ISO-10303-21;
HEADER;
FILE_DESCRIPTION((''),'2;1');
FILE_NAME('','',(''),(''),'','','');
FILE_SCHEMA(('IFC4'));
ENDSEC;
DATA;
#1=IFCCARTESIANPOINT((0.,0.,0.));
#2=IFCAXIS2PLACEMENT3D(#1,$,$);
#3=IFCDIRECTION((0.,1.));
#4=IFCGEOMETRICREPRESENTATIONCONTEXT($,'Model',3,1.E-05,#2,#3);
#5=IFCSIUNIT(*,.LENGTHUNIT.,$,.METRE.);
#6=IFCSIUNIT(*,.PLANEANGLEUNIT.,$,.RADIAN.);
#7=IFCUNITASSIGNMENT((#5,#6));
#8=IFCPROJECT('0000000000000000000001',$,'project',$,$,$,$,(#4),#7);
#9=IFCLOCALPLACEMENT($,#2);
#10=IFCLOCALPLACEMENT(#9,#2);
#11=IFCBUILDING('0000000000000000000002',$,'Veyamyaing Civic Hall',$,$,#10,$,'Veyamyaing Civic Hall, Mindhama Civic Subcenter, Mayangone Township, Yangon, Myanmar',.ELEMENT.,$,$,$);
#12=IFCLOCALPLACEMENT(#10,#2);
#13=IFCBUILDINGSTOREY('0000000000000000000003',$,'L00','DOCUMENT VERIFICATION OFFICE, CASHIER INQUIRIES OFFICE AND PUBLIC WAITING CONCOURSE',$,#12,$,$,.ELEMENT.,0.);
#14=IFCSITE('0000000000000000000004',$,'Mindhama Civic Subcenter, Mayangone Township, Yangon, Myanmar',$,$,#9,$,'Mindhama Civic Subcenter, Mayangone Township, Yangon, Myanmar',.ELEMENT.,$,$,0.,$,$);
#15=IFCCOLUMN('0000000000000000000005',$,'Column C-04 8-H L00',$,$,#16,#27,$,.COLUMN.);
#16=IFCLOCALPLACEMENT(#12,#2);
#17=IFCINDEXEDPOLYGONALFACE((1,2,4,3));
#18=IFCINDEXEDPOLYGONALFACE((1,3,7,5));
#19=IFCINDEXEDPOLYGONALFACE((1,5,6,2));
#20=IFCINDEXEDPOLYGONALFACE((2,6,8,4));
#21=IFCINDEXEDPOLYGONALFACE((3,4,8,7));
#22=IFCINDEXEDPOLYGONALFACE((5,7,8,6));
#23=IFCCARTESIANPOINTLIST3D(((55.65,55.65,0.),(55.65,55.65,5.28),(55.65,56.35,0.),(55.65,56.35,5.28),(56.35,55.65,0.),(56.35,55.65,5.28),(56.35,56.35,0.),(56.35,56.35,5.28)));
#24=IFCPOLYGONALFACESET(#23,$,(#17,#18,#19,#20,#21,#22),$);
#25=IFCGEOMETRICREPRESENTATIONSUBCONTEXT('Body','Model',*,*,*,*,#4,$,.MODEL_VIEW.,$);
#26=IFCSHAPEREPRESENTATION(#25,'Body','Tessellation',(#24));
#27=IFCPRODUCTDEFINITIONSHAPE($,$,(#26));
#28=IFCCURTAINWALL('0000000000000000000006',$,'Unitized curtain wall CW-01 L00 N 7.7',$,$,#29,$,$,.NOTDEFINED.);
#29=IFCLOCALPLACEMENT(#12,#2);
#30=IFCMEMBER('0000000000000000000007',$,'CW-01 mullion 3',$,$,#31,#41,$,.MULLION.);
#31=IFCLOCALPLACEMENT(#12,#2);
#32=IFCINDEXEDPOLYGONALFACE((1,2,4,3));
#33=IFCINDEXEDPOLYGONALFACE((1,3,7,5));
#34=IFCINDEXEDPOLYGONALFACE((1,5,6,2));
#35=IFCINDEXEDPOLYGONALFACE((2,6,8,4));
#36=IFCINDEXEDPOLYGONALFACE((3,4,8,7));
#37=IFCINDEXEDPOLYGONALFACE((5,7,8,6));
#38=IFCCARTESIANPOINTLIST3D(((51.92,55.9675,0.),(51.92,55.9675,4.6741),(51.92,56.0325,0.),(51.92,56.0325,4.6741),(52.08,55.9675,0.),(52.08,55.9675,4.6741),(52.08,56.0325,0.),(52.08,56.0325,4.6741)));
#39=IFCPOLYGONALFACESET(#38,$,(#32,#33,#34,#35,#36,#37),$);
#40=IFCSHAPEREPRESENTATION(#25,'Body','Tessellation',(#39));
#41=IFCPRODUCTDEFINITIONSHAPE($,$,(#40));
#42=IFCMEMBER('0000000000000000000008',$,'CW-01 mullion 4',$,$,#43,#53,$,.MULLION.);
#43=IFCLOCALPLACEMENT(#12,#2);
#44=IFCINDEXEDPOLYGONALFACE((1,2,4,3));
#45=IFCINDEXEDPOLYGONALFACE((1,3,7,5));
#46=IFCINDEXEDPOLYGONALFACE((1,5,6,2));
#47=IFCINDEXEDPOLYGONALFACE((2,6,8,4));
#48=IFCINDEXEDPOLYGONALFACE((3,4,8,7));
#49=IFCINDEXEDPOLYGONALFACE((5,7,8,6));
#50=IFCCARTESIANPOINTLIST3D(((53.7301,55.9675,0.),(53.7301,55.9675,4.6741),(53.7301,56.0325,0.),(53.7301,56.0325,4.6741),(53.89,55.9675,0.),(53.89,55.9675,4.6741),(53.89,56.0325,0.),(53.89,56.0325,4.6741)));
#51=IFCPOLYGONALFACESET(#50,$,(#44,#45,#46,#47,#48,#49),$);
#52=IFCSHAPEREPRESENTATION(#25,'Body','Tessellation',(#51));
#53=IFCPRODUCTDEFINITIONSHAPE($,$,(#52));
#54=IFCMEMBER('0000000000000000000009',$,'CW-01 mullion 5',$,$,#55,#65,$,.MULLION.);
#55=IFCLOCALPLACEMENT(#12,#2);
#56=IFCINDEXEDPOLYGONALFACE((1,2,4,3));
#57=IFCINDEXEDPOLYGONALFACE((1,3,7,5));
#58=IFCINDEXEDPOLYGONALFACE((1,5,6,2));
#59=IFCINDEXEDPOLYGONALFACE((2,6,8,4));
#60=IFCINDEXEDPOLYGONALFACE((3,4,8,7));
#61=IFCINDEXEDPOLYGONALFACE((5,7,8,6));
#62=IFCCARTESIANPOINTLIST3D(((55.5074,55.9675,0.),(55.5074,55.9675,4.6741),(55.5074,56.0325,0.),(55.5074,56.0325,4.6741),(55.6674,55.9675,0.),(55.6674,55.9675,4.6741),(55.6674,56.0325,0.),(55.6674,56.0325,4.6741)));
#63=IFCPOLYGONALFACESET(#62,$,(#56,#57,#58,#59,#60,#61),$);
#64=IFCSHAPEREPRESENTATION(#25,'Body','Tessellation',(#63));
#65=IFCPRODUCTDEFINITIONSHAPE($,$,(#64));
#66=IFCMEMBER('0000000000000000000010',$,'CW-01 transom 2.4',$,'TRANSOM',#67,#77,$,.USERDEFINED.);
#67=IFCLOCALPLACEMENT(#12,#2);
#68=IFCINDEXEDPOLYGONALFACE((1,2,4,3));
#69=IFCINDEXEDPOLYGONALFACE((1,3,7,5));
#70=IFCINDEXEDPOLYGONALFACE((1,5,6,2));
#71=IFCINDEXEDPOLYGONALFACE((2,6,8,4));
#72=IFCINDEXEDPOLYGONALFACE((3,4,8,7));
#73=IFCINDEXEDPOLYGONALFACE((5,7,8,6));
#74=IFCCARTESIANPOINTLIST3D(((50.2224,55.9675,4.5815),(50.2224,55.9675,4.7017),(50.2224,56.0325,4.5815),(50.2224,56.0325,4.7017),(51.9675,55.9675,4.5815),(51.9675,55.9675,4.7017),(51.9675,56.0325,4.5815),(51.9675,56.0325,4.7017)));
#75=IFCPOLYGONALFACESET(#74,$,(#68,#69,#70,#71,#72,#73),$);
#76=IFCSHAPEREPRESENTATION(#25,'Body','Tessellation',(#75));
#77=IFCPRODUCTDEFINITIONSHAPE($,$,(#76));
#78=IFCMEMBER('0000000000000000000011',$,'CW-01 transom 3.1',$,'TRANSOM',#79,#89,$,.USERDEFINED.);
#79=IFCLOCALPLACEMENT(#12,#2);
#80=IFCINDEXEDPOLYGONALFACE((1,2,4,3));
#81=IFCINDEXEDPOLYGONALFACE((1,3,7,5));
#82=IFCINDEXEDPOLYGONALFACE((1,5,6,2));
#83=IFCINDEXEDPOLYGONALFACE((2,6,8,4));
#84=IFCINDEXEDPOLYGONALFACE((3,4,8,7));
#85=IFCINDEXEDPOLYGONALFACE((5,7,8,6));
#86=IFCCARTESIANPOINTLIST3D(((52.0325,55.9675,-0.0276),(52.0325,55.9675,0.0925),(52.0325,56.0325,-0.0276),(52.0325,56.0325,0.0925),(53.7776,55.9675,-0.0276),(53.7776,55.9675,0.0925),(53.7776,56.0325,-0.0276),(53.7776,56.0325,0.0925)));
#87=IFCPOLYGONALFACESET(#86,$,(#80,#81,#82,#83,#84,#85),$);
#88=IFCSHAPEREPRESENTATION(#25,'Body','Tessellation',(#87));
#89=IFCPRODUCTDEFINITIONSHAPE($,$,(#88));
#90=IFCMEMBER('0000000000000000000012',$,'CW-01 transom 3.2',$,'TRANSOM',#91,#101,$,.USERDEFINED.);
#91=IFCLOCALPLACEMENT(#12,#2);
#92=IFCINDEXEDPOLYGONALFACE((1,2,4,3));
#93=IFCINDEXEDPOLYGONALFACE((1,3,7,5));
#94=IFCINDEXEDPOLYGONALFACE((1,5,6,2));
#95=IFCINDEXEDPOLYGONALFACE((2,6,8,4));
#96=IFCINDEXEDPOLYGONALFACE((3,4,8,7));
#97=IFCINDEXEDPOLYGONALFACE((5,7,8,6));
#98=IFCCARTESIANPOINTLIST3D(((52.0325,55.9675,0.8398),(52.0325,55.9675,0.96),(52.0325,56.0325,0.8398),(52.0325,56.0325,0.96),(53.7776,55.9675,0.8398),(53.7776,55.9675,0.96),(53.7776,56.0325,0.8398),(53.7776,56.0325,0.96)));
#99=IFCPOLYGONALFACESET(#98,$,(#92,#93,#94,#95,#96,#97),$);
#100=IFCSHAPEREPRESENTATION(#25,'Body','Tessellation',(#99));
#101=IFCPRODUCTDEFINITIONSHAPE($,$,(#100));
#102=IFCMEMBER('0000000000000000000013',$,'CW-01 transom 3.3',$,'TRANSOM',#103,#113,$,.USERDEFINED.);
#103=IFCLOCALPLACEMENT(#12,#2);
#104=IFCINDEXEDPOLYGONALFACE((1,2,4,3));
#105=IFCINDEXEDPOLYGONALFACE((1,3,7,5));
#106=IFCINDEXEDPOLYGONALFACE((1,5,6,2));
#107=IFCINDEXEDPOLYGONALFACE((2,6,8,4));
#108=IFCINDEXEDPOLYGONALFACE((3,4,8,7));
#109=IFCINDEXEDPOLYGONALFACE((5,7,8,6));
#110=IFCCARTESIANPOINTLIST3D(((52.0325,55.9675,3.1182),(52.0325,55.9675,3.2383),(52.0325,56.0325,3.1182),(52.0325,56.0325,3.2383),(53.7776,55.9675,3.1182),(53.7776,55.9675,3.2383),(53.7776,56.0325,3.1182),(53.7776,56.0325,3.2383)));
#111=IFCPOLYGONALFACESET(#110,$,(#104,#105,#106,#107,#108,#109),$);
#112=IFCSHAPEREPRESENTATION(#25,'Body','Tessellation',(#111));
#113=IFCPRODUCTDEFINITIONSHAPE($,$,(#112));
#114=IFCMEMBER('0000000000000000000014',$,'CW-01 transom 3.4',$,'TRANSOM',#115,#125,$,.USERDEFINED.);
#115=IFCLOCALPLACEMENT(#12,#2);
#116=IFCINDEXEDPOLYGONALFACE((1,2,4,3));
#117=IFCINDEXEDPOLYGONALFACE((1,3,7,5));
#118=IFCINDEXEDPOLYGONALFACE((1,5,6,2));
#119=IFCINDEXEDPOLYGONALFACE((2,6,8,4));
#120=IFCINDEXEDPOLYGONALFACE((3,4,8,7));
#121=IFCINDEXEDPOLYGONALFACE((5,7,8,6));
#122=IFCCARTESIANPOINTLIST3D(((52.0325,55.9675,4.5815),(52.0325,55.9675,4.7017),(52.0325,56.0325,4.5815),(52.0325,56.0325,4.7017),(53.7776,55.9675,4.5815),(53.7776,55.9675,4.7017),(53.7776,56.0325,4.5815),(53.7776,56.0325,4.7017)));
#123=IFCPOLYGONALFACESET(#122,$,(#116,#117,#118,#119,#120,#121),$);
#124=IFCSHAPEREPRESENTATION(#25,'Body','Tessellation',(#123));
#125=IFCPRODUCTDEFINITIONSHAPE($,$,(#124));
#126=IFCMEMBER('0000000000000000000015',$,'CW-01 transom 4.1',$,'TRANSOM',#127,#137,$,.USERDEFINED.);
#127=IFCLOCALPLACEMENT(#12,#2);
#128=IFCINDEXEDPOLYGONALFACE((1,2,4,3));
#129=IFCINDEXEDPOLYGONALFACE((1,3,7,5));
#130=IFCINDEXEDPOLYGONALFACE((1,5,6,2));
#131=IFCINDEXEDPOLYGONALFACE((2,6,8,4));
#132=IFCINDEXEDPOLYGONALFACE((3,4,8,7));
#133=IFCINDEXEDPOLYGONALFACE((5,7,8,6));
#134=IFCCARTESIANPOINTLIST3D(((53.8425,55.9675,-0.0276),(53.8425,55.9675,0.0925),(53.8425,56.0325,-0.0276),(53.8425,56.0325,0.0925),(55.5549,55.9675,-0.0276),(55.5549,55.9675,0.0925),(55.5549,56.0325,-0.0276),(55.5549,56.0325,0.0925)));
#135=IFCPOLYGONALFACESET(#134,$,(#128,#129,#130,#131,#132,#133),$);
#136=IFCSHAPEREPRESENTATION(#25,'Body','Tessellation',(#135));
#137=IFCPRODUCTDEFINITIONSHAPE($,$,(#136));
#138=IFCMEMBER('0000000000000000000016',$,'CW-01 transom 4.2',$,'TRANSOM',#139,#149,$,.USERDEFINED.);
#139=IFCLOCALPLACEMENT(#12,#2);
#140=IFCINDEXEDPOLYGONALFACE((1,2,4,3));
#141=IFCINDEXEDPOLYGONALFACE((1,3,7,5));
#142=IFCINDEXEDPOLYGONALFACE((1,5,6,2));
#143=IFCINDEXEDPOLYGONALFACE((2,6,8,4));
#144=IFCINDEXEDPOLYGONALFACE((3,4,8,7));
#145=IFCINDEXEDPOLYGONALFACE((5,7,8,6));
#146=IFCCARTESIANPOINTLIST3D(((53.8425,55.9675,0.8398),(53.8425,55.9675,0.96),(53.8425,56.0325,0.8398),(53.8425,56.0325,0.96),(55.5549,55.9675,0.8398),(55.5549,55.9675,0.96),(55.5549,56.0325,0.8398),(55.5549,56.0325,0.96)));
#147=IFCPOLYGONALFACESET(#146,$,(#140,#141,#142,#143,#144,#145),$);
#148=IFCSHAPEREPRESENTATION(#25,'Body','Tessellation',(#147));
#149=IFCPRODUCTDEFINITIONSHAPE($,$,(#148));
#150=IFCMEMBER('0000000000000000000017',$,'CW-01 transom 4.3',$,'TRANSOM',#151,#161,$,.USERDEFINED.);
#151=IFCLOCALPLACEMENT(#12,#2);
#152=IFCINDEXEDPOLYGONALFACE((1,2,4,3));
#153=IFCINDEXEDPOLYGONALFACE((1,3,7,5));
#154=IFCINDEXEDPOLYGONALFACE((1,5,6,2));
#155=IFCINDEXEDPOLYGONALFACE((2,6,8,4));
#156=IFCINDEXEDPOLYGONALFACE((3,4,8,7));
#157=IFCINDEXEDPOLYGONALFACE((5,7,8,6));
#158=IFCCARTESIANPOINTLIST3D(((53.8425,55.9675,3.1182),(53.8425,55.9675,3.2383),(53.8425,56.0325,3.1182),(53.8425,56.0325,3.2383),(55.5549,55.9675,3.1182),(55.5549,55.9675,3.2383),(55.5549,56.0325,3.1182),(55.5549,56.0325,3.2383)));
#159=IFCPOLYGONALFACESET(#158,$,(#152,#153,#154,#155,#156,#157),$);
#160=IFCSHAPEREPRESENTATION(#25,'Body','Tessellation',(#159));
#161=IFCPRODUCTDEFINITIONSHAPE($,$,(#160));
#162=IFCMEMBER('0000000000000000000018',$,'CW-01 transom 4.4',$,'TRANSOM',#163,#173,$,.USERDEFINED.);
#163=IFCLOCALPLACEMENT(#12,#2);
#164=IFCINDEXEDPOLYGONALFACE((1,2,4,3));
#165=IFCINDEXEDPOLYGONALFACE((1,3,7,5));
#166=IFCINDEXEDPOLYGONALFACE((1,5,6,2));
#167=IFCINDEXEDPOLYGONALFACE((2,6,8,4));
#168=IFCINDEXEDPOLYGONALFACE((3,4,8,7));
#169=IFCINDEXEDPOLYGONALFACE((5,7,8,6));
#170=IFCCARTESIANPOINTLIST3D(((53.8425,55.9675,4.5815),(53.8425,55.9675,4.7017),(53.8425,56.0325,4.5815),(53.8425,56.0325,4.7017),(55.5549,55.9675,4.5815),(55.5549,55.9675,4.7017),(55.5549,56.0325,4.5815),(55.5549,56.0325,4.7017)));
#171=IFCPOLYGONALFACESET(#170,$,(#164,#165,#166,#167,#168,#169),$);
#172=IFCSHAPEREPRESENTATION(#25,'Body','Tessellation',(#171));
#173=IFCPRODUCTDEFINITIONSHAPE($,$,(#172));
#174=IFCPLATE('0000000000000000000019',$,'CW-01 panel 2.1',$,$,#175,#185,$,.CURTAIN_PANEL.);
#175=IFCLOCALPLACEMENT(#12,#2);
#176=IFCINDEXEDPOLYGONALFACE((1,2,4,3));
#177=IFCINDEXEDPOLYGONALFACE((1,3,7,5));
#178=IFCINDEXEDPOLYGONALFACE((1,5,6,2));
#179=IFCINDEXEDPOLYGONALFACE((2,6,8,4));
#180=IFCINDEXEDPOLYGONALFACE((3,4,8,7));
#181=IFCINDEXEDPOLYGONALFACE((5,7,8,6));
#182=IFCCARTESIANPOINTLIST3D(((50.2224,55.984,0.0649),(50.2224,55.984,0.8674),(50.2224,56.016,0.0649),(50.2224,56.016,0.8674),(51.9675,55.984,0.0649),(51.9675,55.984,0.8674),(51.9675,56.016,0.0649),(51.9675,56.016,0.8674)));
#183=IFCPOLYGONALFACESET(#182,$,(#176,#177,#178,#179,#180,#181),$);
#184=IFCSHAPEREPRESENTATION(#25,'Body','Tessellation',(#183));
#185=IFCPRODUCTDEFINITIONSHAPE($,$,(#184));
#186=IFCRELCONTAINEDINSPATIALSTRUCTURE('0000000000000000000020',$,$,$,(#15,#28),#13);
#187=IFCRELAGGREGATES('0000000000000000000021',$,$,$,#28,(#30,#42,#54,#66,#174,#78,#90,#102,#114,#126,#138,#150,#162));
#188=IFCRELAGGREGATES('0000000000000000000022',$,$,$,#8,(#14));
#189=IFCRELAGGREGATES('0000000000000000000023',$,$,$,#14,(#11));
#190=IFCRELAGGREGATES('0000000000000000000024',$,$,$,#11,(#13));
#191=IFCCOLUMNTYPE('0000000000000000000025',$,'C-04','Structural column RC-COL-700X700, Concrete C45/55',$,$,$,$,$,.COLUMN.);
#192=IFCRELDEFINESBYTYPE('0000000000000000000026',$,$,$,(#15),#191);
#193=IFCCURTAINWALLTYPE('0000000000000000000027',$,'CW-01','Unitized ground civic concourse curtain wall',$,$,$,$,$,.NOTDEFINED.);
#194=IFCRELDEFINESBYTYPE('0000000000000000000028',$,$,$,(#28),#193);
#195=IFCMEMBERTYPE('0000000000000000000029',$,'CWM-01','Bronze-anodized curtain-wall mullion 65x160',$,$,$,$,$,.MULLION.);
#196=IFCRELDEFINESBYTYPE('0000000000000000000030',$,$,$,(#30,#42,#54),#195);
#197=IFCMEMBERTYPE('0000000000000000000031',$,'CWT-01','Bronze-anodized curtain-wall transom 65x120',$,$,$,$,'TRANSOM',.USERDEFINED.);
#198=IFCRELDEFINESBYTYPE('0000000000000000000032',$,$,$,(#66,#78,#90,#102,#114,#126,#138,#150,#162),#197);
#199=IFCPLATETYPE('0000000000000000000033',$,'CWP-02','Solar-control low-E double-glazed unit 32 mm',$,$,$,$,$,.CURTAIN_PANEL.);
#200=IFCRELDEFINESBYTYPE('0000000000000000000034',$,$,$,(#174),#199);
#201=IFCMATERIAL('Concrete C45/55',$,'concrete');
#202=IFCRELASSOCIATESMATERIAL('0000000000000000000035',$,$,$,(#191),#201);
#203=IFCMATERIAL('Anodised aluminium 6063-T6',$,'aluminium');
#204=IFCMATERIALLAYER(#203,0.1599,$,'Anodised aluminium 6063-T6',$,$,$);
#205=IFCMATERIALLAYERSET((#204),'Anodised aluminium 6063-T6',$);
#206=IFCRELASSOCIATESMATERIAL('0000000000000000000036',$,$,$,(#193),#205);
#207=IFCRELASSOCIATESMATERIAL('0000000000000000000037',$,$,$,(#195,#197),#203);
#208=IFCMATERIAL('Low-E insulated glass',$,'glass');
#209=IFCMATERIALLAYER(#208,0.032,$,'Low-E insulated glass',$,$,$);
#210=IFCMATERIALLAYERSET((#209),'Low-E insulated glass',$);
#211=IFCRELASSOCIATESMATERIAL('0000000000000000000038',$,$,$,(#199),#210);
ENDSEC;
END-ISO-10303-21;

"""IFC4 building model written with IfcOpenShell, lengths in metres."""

from ifc_helpers import new_model, si_unit, direction, frame, origin, origin_2d, place, context, subcontext, project, spatial, rectangle, extrude, material, layer, layer_set, material_profile, profile_set, type_object, element, aggregate, save


model = new_model("IFC4")

# Units and contexts
model_context = context("Model", 3, precision=1e-05, world=origin(), true_north=direction((0.0, 1.0)))
body_context = subcontext(model_context, "Body", "Model", "MODEL_VIEW")
ifc_project = project(units=[si_unit("LENGTHUNIT", "METRE"), si_unit("PLANEANGLEUNIT", "RADIAN")], contexts=[model_context])

# Site, building, storey
site_placement = place(None, origin())
site = spatial("IfcSite", under=ifc_project, at=site_placement, Name="Mindhama Civic Subcenter, Mayangone Township, Yangon, Myanmar", LongName="Mindhama Civic Subcenter, Mayangone Township, Yangon, Myanmar", CompositionType="ELEMENT", RefElevation=0.0)
building_placement = place(site_placement, origin())
building = spatial("IfcBuilding", under=site, at=building_placement, Name="Veyamyaing Civic Hall", LongName="Veyamyaing Civic Hall, Mindhama Civic Subcenter, Mayangone Township, Yangon, Myanmar", CompositionType="ELEMENT")
storey_placement = place(building_placement, origin())
storey = spatial("IfcBuildingStorey", under=building, at=storey_placement, Name="L00", Description="DOCUMENT VERIFICATION OFFICE, CASHIER INQUIRIES OFFICE AND PUBLIC WAITING CONCOURSE", CompositionType="ELEMENT", Elevation=0.0)

# Column
ifc_material_1 = material(Name="Concrete C45/55", Category="concrete")
ifc_material_profile_1 = material_profile(ifc_material_1, rectangle(XDim=0.7, YDim=0.7, at=origin_2d()), Name="RC-COL-700X700")
ifc_profile_set_1 = profile_set([ifc_material_profile_1], Name="Concrete C45/55")
column_type = type_object("IfcColumnType", Name="C-04", Description="Structural column RC-COL-700X700, Concrete C45/55", PredefinedType="COLUMN", material=ifc_profile_set_1)
column_placement = place(storey_placement, frame((56.0, 56.0, 0.0), z_axis=(0.0, 0.0, 1.0), x_axis=(1.0, 0.0, 0.0)))
element("IfcColumn", 1, at=column_placement, inside=storey, type_object=column_type, Name="Column C-04 8-H L00", PredefinedType="COLUMN", context=body_context, shape_type="SweptSolid", body=[
    extrude(rectangle(XDim=0.7, YDim=0.7, at=origin_2d()), origin(), (0.0, 0.0, 1.0), 5.28),
])

# Curtain wall, members, plate
ifc_material_2 = material(Name="Anodised aluminium 6063-T6", Category="aluminium")
ifc_layer_1 = layer(ifc_material_2, 0.1599, Name="Anodised aluminium 6063-T6")
ifc_layer_set_1 = layer_set([ifc_layer_1], Name="Anodised aluminium 6063-T6")
curtain_wall_type = type_object("IfcCurtainWallType", Name="CW-01", Description="Unitized ground civic concourse curtain wall", PredefinedType="NOTDEFINED", material=ifc_layer_set_1)
curtain_wall_placement = place(storey_placement, origin())
curtain_wall = element("IfcCurtainWall", 2, at=curtain_wall_placement, inside=storey, type_object=curtain_wall_type, Name="Unitized curtain wall CW-01 L00 N 7.7", PredefinedType="NOTDEFINED")
ifc_material_profile_2 = material_profile(ifc_material_2, rectangle(XDim=0.0649, YDim=0.1599, at=origin_2d()), Name="ALU-MUL-65X160")
ifc_profile_set_2 = profile_set([ifc_material_profile_2], Name="Anodised aluminium 6063-T6")
member_type_1 = type_object("IfcMemberType", Name="CWM-01", Description="Bronze-anodized curtain-wall mullion 65x160", PredefinedType="MULLION", material=ifc_profile_set_2)
member_1_placement = place(storey_placement, frame((52.0, 56.0, 0.0), z_axis=(0.0, 0.0, 1.0), x_axis=(0.0, 1.0, 0.0)))
member_1 = element("IfcMember", 3, at=member_1_placement, type_object=member_type_1, Name="CW-01 mullion 3", PredefinedType="MULLION", context=body_context, shape_type="SweptSolid", body=[
    extrude(rectangle(XDim=0.0649, YDim=0.1599, at=origin_2d()), origin(), (0.0, 0.0, 1.0), 4.6741),
])
member_2_placement = place(storey_placement, frame((53.8101, 56.0, 0.0), z_axis=(0.0, 0.0, 1.0), x_axis=(0.0, 1.0, 0.0)))
member_2 = element("IfcMember", 4, at=member_2_placement, type_object=member_type_1, Name="CW-01 mullion 4", PredefinedType="MULLION", context=body_context, shape_type="SweptSolid", body=[
    extrude(rectangle(XDim=0.0649, YDim=0.1599, at=origin_2d()), origin(), (0.0, 0.0, 1.0), 4.6741),
])
member_3_placement = place(storey_placement, frame((55.5874, 56.0, 0.0), z_axis=(0.0, 0.0, 1.0), x_axis=(0.0, 1.0, 0.0)))
member_3 = element("IfcMember", 5, at=member_3_placement, type_object=member_type_1, Name="CW-01 mullion 5", PredefinedType="MULLION", context=body_context, shape_type="SweptSolid", body=[
    extrude(rectangle(XDim=0.0649, YDim=0.1599, at=origin_2d()), origin(), (0.0, 0.0, 1.0), 4.6741),
])
ifc_material_profile_3 = material_profile(ifc_material_2, rectangle(XDim=0.0649, YDim=0.1201, at=origin_2d()), Name="ALU-TRN-65X120")
ifc_profile_set_3 = profile_set([ifc_material_profile_3], Name="Anodised aluminium 6063-T6")
member_type_2 = type_object("IfcMemberType", Name="CWT-01", Description="Bronze-anodized curtain-wall transom 65x120", ElementType="TRANSOM", PredefinedType="USERDEFINED", material=ifc_profile_set_3)
member_4_placement = place(storey_placement, frame((50.2224, 56.0, 4.6416), z_axis=(1.0, 0.0, 0.0), x_axis=(0.0, 1.0, 0.0)))
member_4 = element("IfcMember", 6, at=member_4_placement, type_object=member_type_2, Name="CW-01 transom 2.4", ObjectType="TRANSOM", PredefinedType="USERDEFINED", context=body_context, shape_type="SweptSolid", body=[
    extrude(rectangle(XDim=0.0649, YDim=0.1201, at=origin_2d()), origin(), (0.0, 0.0, 1.0), 1.7451),
])
member_5_placement = place(storey_placement, frame((52.0325, 56.0, 0.0325), z_axis=(1.0, 0.0, 0.0), x_axis=(0.0, 1.0, 0.0)))
member_5 = element("IfcMember", 7, at=member_5_placement, type_object=member_type_2, Name="CW-01 transom 3.1", ObjectType="TRANSOM", PredefinedType="USERDEFINED", context=body_context, shape_type="SweptSolid", body=[
    extrude(rectangle(XDim=0.0649, YDim=0.1201, at=origin_2d()), origin(), (0.0, 0.0, 1.0), 1.7451),
])
member_6_placement = place(storey_placement, frame((52.0325, 56.0, 0.8999), z_axis=(1.0, 0.0, 0.0), x_axis=(0.0, 1.0, 0.0)))
member_6 = element("IfcMember", 8, at=member_6_placement, type_object=member_type_2, Name="CW-01 transom 3.2", ObjectType="TRANSOM", PredefinedType="USERDEFINED", context=body_context, shape_type="SweptSolid", body=[
    extrude(rectangle(XDim=0.0649, YDim=0.1201, at=origin_2d()), origin(), (0.0, 0.0, 1.0), 1.7451),
])
member_7_placement = place(storey_placement, frame((52.0325, 56.0, 3.1782), z_axis=(1.0, 0.0, 0.0), x_axis=(0.0, 1.0, 0.0)))
member_7 = element("IfcMember", 9, at=member_7_placement, type_object=member_type_2, Name="CW-01 transom 3.3", ObjectType="TRANSOM", PredefinedType="USERDEFINED", context=body_context, shape_type="SweptSolid", body=[
    extrude(rectangle(XDim=0.0649, YDim=0.1201, at=origin_2d()), origin(), (0.0, 0.0, 1.0), 1.7451),
])
member_8_placement = place(storey_placement, frame((52.0325, 56.0, 4.6416), z_axis=(1.0, 0.0, 0.0), x_axis=(0.0, 1.0, 0.0)))
member_8 = element("IfcMember", 10, at=member_8_placement, type_object=member_type_2, Name="CW-01 transom 3.4", ObjectType="TRANSOM", PredefinedType="USERDEFINED", context=body_context, shape_type="SweptSolid", body=[
    extrude(rectangle(XDim=0.0649, YDim=0.1201, at=origin_2d()), origin(), (0.0, 0.0, 1.0), 1.7451),
])
member_9_placement = place(storey_placement, frame((53.8425, 56.0, 0.0325), z_axis=(1.0, 0.0, 0.0), x_axis=(0.0, 1.0, 0.0)))
member_9 = element("IfcMember", 11, at=member_9_placement, type_object=member_type_2, Name="CW-01 transom 4.1", ObjectType="TRANSOM", PredefinedType="USERDEFINED", context=body_context, shape_type="SweptSolid", body=[
    extrude(rectangle(XDim=0.0649, YDim=0.1201, at=origin_2d()), origin(), (0.0, 0.0, 1.0), 1.7124),
])
member_10_placement = place(storey_placement, frame((53.8425, 56.0, 0.8999), z_axis=(1.0, 0.0, 0.0), x_axis=(0.0, 1.0, 0.0)))
member_10 = element("IfcMember", 12, at=member_10_placement, type_object=member_type_2, Name="CW-01 transom 4.2", ObjectType="TRANSOM", PredefinedType="USERDEFINED", context=body_context, shape_type="SweptSolid", body=[
    extrude(rectangle(XDim=0.0649, YDim=0.1201, at=origin_2d()), origin(), (0.0, 0.0, 1.0), 1.7124),
])
member_11_placement = place(storey_placement, frame((53.8425, 56.0, 3.1782), z_axis=(1.0, 0.0, 0.0), x_axis=(0.0, 1.0, 0.0)))
member_11 = element("IfcMember", 13, at=member_11_placement, type_object=member_type_2, Name="CW-01 transom 4.3", ObjectType="TRANSOM", PredefinedType="USERDEFINED", context=body_context, shape_type="SweptSolid", body=[
    extrude(rectangle(XDim=0.0649, YDim=0.1201, at=origin_2d()), origin(), (0.0, 0.0, 1.0), 1.7124),
])
member_12_placement = place(storey_placement, frame((53.8425, 56.0, 4.6416), z_axis=(1.0, 0.0, 0.0), x_axis=(0.0, 1.0, 0.0)))
member_12 = element("IfcMember", 14, at=member_12_placement, type_object=member_type_2, Name="CW-01 transom 4.4", ObjectType="TRANSOM", PredefinedType="USERDEFINED", context=body_context, shape_type="SweptSolid", body=[
    extrude(rectangle(XDim=0.0649, YDim=0.1201, at=origin_2d()), origin(), (0.0, 0.0, 1.0), 1.7124),
])
ifc_material_3 = material(Name="Low-E insulated glass", Category="glass")
ifc_layer_2 = layer(ifc_material_3, 0.032, Name="Low-E insulated glass")
ifc_layer_set_2 = layer_set([ifc_layer_2], Name="Low-E insulated glass")
plate_type = type_object("IfcPlateType", Name="CWP-02", Description="Solar-control low-E double-glazed unit 32 mm", PredefinedType="CURTAIN_PANEL", material=ifc_layer_set_2)
plate_1_placement = place(storey_placement, frame((51.095, 56.0, 0.0649), z_axis=(0.0, 0.0, 1.0), x_axis=(1.0, 0.0, 0.0)))
plate_1 = element("IfcPlate", 15, at=plate_1_placement, type_object=plate_type, Name="CW-01 panel 2.1", PredefinedType="CURTAIN_PANEL", context=body_context, shape_type="SweptSolid", body=[
    extrude(rectangle(XDim=1.7451, YDim=0.032, at=origin_2d()), origin(), (0.0, 0.0, 1.0), 0.8025),
])
aggregate(curtain_wall, [member_1, member_2, member_3, member_4, plate_1, member_5, member_6, member_7, member_8, member_9, member_10, member_11, member_12])

save(model, "model.ifc")
